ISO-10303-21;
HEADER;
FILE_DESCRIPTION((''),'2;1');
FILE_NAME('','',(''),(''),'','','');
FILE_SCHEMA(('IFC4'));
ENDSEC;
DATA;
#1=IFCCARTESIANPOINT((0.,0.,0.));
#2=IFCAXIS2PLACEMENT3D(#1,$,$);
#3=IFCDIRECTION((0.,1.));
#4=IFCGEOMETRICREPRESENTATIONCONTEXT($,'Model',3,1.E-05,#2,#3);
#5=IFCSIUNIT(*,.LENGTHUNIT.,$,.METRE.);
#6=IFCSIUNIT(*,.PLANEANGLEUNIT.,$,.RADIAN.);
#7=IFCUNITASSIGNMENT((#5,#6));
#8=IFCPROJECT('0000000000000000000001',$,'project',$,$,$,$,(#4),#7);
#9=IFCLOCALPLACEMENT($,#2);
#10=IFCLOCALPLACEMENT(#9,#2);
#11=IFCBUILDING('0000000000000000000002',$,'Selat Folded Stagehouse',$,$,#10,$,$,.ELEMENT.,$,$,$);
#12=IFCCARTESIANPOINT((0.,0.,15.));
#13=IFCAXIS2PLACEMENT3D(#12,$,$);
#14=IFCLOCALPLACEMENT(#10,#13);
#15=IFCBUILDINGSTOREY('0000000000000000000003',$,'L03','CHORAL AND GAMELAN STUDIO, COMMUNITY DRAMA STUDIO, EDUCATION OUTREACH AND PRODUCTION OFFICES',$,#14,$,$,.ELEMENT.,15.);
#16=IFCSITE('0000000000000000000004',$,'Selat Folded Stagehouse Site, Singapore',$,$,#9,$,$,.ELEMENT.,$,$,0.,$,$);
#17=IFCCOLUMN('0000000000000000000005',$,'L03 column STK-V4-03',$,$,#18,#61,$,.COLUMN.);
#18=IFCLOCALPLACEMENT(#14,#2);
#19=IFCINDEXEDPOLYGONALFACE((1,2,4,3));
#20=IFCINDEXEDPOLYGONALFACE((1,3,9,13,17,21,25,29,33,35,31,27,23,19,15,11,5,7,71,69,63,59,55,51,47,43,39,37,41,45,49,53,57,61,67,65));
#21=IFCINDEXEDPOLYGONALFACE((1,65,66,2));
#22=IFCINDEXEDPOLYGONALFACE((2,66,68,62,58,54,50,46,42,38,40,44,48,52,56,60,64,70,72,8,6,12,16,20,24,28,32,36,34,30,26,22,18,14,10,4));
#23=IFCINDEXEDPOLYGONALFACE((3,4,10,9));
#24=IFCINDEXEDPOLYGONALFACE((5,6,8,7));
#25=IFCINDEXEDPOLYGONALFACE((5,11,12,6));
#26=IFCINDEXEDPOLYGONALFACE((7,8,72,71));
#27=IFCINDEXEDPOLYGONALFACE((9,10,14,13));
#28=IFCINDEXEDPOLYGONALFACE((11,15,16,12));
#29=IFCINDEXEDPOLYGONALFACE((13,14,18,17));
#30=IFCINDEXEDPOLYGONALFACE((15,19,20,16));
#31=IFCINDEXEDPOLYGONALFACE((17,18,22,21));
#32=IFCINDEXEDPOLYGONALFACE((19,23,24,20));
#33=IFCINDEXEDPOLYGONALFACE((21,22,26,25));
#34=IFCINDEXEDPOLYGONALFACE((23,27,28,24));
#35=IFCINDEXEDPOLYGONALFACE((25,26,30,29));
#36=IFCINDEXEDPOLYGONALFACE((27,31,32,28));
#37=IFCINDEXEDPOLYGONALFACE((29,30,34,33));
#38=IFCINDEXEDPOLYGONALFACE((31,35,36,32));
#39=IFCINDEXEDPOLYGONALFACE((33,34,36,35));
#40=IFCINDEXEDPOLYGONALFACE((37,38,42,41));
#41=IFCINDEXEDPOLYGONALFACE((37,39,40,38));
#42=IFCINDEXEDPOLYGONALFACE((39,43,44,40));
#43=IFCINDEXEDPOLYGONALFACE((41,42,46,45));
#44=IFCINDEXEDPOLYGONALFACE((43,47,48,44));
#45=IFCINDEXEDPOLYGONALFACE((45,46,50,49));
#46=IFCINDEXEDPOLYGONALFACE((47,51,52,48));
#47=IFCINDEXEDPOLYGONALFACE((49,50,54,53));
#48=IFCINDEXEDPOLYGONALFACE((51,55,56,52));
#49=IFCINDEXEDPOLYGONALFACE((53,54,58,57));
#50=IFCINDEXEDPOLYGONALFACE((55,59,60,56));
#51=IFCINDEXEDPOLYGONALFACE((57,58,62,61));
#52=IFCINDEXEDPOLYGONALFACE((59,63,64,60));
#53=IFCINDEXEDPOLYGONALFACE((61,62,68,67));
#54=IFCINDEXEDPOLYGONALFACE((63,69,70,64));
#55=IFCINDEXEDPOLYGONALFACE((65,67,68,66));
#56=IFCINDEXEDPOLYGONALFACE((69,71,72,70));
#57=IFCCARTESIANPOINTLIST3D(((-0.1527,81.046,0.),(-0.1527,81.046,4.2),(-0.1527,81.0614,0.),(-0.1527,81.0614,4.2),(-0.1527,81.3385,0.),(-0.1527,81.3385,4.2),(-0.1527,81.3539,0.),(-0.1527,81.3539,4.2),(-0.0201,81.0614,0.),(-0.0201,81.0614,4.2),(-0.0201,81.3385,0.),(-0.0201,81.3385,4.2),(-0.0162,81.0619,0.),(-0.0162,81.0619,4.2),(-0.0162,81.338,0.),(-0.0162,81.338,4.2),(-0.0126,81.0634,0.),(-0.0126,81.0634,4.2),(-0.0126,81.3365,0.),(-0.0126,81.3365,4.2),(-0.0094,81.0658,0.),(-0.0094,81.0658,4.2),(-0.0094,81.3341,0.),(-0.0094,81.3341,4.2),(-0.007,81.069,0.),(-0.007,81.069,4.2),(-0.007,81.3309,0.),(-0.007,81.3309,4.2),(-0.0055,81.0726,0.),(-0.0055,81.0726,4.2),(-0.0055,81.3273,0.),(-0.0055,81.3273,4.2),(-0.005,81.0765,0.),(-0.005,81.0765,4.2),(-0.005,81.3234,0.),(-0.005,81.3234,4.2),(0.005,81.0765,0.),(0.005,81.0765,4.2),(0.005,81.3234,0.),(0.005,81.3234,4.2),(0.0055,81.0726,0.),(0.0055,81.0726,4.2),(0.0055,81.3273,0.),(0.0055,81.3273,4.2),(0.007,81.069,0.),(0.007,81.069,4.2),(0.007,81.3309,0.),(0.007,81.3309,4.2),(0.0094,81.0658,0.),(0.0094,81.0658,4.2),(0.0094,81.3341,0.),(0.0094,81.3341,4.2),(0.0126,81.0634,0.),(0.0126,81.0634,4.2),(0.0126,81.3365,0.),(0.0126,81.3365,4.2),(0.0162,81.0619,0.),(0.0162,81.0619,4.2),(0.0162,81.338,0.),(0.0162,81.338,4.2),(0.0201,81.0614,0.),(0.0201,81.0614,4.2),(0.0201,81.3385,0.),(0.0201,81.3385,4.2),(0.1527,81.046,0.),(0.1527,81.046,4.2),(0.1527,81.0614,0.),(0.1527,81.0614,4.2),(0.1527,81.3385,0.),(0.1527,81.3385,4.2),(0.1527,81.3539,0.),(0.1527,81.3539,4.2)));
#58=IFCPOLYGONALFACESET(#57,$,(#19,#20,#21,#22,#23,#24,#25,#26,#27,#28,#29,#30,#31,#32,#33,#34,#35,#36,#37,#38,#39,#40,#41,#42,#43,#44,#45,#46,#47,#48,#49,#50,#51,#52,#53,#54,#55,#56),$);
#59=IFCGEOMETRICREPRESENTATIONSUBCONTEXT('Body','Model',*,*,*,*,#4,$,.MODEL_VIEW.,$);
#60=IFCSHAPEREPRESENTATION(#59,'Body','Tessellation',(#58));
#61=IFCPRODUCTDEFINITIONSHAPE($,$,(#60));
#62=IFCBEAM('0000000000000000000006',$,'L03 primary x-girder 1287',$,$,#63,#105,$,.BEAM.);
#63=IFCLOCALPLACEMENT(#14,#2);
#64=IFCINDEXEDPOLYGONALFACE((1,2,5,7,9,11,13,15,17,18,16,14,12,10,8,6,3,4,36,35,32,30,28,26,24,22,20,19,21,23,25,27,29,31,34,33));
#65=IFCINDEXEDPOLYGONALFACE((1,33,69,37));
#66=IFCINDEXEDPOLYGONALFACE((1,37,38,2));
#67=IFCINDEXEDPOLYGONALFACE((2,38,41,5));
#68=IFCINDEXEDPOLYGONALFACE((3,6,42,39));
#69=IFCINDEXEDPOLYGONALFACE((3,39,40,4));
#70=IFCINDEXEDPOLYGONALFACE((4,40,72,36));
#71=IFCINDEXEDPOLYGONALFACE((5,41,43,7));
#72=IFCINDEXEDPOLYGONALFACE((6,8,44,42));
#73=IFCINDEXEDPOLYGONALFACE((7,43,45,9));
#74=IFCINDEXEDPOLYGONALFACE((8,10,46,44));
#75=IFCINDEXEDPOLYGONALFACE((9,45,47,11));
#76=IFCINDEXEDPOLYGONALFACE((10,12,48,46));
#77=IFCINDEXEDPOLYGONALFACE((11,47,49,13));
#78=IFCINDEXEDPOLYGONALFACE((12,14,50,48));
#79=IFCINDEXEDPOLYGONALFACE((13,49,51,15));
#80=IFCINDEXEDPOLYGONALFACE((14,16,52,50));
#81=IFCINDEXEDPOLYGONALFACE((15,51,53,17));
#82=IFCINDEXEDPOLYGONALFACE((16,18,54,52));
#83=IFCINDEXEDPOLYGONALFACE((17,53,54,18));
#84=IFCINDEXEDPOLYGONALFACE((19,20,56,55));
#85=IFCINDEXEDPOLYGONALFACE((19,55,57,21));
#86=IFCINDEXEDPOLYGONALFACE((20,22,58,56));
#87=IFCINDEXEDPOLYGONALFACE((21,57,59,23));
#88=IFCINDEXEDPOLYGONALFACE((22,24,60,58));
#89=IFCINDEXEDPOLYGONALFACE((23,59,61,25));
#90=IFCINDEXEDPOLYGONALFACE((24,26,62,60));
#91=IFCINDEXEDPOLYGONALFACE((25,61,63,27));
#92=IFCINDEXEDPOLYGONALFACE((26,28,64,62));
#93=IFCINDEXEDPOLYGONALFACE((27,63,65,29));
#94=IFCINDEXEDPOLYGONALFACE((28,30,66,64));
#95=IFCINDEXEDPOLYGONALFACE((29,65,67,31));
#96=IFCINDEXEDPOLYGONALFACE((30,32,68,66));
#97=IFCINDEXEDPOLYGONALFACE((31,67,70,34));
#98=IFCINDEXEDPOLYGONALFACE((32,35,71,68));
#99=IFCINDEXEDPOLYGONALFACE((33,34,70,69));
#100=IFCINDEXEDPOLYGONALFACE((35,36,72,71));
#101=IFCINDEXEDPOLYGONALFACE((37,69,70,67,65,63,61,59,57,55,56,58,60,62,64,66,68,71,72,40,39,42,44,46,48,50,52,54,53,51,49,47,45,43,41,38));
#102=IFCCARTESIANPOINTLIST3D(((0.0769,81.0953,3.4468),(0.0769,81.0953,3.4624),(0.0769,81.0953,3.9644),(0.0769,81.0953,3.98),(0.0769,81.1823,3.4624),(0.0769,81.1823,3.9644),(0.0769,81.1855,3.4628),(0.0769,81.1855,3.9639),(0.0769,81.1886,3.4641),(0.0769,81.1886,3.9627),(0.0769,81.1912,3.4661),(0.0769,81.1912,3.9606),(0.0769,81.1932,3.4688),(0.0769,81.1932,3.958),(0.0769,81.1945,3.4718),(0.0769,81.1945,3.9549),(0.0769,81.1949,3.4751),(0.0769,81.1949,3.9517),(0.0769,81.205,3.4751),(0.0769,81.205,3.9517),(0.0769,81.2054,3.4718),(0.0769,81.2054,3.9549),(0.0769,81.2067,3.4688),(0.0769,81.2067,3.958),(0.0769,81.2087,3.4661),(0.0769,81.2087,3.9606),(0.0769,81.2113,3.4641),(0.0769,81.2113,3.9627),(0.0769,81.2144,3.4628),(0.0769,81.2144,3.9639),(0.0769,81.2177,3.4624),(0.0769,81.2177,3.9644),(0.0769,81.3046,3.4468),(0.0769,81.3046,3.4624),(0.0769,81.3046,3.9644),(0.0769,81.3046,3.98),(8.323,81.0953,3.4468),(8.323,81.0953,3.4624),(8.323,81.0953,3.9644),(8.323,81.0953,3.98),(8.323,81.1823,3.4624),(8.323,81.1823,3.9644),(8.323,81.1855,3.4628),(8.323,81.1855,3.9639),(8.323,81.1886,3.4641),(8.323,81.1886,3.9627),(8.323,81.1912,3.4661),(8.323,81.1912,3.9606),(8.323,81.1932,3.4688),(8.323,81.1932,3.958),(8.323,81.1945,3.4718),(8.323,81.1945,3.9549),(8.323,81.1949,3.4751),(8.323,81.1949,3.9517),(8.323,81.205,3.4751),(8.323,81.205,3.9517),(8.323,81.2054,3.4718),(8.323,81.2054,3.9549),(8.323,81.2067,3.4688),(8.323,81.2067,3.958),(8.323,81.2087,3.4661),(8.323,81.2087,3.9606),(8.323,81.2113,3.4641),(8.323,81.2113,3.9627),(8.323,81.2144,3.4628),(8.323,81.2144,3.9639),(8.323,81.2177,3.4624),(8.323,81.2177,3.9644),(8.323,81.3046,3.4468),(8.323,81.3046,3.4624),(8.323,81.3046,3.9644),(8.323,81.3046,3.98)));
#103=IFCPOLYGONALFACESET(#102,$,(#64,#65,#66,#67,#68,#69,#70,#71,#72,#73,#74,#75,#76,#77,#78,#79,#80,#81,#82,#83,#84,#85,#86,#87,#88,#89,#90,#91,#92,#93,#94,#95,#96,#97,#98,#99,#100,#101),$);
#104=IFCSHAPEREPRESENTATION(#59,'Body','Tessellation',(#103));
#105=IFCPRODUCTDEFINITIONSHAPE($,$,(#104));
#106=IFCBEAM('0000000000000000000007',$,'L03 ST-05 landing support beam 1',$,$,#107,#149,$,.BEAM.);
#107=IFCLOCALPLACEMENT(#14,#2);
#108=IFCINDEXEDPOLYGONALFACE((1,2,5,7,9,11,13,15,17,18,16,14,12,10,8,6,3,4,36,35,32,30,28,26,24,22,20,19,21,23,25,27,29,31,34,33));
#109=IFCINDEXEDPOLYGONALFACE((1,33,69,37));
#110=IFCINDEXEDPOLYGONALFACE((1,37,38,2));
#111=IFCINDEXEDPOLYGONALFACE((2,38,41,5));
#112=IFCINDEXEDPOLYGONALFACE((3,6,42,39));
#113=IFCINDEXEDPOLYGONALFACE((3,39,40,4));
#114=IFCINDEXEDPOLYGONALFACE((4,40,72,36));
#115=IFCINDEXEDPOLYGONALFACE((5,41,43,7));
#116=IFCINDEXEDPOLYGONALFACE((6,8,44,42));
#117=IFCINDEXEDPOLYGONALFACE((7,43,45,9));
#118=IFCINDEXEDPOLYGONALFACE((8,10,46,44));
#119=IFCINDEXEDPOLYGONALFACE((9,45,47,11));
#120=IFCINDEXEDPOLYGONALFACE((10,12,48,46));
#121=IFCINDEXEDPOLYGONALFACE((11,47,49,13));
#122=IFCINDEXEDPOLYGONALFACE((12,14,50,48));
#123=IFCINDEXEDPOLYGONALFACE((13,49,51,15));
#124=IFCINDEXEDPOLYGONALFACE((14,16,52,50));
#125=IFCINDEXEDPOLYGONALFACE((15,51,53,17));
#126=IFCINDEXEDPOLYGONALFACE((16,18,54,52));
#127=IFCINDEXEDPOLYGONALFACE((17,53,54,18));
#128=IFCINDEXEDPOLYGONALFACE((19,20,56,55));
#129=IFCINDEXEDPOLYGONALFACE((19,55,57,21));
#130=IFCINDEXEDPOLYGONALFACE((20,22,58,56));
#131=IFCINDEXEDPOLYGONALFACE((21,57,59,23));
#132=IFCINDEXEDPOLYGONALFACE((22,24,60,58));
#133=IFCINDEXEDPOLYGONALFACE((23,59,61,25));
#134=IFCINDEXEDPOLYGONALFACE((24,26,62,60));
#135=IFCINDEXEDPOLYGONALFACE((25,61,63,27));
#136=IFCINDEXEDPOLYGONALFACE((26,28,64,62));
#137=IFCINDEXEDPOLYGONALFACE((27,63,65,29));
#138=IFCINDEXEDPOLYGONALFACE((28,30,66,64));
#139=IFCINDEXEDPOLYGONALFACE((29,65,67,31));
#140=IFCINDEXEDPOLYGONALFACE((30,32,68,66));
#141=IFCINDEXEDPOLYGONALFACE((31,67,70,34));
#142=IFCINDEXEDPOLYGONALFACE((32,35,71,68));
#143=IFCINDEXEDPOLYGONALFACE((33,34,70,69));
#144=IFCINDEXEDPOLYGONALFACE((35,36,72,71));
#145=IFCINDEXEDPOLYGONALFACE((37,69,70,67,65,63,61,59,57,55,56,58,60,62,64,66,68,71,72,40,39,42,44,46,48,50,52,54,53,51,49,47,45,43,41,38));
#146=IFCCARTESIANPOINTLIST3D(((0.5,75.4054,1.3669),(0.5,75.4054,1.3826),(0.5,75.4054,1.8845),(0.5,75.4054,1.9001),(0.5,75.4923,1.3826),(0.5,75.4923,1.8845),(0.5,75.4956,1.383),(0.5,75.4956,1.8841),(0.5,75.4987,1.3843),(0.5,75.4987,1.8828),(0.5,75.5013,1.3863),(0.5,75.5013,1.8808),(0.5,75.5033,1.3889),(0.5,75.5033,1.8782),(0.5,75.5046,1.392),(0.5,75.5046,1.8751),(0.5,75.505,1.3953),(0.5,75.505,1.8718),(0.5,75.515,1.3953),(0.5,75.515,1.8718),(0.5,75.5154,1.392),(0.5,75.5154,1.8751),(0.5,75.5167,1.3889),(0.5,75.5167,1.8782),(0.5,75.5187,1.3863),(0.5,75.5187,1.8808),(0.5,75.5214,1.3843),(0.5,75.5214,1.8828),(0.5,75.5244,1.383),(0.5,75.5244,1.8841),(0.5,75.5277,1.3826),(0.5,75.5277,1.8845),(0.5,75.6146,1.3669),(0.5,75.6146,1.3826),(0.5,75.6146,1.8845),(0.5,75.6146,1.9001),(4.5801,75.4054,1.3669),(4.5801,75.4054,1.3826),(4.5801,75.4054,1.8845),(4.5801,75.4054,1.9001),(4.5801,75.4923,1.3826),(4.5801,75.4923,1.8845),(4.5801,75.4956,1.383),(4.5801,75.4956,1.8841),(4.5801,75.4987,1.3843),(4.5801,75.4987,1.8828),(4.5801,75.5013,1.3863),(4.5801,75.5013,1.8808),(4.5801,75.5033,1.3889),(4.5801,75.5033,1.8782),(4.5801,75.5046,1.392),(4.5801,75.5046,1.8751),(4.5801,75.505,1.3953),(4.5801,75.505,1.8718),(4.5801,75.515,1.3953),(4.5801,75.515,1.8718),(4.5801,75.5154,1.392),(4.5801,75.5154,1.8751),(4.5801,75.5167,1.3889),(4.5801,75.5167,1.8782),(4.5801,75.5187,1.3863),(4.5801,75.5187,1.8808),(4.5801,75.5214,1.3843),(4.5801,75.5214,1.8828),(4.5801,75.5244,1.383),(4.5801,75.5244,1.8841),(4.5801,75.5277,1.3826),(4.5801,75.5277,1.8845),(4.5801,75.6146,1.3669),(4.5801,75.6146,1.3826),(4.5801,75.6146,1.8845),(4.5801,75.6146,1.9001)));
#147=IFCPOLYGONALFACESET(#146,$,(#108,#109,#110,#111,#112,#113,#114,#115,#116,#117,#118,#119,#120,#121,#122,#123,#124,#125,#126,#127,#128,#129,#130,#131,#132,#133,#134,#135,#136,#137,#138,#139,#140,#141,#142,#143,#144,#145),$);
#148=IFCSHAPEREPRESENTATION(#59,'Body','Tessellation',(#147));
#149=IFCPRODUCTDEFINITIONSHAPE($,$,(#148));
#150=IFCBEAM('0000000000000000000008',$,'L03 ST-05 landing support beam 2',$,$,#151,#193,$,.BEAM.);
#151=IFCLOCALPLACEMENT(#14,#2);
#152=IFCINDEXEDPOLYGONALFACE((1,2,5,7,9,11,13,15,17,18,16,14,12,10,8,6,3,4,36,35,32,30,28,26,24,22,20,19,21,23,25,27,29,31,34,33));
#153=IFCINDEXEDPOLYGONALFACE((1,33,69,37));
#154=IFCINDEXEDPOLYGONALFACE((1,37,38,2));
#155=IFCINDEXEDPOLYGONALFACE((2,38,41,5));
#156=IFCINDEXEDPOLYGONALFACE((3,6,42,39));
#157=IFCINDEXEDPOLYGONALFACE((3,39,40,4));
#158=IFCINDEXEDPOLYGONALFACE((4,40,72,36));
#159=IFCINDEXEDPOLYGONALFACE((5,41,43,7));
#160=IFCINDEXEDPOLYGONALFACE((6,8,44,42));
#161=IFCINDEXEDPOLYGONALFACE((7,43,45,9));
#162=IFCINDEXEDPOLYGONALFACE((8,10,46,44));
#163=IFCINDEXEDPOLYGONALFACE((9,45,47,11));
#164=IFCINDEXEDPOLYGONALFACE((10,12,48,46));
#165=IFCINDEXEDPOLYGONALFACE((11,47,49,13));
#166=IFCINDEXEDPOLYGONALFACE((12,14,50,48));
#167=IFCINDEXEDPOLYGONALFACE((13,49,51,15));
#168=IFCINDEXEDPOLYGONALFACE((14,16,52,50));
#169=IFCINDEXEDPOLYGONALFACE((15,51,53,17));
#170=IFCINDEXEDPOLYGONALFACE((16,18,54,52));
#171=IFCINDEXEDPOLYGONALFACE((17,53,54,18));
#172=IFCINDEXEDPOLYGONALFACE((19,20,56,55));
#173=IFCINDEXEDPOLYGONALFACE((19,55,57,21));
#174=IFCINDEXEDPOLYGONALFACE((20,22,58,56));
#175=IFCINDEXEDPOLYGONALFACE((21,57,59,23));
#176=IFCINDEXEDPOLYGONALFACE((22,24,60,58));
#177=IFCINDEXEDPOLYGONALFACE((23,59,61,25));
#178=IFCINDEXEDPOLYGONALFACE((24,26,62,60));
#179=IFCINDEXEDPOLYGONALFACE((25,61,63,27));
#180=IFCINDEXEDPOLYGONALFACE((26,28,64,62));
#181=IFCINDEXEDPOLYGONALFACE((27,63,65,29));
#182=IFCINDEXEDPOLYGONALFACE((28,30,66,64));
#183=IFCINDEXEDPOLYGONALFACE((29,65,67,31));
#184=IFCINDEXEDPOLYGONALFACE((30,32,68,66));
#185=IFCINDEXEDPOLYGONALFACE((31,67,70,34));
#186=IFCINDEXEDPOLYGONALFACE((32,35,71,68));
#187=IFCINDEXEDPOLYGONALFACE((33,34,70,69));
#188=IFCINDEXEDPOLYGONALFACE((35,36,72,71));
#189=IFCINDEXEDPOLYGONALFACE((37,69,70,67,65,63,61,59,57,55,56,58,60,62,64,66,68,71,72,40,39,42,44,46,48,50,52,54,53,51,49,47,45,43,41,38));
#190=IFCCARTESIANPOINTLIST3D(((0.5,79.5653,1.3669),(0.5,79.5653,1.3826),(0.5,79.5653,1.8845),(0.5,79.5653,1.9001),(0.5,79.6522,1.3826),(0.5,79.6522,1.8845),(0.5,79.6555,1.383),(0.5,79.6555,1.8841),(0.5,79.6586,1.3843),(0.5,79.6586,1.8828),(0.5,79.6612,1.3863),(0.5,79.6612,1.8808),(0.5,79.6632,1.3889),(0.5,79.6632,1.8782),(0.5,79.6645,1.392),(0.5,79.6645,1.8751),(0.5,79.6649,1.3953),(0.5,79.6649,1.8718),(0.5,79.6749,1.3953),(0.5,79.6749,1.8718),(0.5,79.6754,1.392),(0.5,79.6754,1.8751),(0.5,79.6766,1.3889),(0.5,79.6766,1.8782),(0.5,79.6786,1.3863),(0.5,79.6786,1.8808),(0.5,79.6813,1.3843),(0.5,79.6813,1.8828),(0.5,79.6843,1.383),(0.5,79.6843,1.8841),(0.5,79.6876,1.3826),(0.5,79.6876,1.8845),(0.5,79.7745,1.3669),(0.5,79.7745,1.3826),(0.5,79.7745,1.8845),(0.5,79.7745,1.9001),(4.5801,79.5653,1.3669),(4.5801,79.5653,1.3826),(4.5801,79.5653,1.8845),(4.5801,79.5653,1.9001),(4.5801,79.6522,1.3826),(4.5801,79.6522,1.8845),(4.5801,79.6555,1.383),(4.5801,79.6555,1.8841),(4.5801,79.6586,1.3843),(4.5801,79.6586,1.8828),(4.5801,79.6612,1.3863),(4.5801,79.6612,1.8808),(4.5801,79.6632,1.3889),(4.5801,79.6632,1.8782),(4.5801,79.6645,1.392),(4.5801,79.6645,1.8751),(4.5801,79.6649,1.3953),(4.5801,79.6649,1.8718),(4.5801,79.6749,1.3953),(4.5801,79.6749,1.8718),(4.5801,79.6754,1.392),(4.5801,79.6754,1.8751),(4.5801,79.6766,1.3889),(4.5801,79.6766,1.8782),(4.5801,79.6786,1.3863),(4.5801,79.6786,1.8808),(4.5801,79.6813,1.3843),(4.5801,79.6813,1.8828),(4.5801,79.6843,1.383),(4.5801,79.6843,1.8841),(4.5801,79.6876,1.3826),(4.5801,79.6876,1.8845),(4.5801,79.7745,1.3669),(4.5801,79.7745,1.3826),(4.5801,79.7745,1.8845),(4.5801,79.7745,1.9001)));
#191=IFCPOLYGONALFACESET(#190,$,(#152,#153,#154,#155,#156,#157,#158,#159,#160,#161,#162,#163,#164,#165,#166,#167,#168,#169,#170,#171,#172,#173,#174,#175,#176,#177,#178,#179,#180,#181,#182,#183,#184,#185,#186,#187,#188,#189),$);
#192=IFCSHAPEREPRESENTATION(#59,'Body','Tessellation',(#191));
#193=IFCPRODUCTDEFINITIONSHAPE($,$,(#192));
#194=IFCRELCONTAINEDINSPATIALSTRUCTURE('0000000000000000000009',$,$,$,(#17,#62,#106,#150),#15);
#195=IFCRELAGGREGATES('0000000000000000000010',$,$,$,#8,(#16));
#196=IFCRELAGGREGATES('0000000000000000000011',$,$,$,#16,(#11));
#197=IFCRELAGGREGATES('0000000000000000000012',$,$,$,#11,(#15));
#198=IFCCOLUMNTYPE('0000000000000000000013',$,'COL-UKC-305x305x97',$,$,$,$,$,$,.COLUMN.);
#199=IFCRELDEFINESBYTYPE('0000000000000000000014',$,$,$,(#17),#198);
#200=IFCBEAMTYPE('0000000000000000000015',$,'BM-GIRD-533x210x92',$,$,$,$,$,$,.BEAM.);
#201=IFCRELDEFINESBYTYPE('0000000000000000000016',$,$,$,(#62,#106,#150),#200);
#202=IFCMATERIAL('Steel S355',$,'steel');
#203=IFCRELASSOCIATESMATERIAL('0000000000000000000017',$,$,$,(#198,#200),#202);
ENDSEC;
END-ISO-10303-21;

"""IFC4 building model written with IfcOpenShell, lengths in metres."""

from ifc_helpers import new_model, si_unit, direction, frame, origin, origin_2d, place, context, subcontext, project, spatial, i_section, extrude, material, material_profile, profile_set, type_object, element, save


model = new_model("IFC4")

# Units and contexts
model_context = context("Model", 3, precision=1e-05, world=origin(), true_north=direction((0.0, 1.0)))
body_context = subcontext(model_context, "Body", "Model", "MODEL_VIEW")
ifc_project = project(units=[si_unit("LENGTHUNIT", "METRE"), si_unit("PLANEANGLEUNIT", "RADIAN")], contexts=[model_context])

# Site, building, storey
site_placement = place(None, origin())
site = spatial("IfcSite", under=ifc_project, at=site_placement, Name="Selat Folded Stagehouse Site, Singapore", CompositionType="ELEMENT", RefElevation=0.0)
building_placement = place(site_placement, origin())
building = spatial("IfcBuilding", under=site, at=building_placement, Name="Selat Folded Stagehouse", CompositionType="ELEMENT")
storey_placement = place(building_placement, frame((0.0, 0.0, 15.0)))
storey = spatial("IfcBuildingStorey", under=building, at=storey_placement, Name="L03", Description="CHORAL AND GAMELAN STUDIO, COMMUNITY DRAMA STUDIO, EDUCATION OUTREACH AND PRODUCTION OFFICES", CompositionType="ELEMENT", Elevation=15.0)

# Column
ifc_material_1 = material(Name="Steel S355", Category="steel")
ifc_material_profile_1 = material_profile(ifc_material_1, i_section(OverallWidth=0.3054, OverallDepth=0.3079, WebThickness=0.01, FlangeThickness=0.0154, FilletRadius=0.0151, at=origin_2d()), Name="UKC 305x305x97")
ifc_profile_set_1 = profile_set([ifc_material_profile_1], Name="Steel S355")
column_type = type_object("IfcColumnType", Name="COL-UKC-305x305x97", PredefinedType="COLUMN", material=ifc_profile_set_1)
column_placement = place(storey_placement, frame((0.0, 81.2, 0.0), z_axis=(0.0, 0.0, 1.0), x_axis=(1.0, 0.0, 0.0)))
element("IfcColumn", 1, at=column_placement, inside=storey, type_object=column_type, Name="L03 column STK-V4-03", PredefinedType="COLUMN", context=body_context, shape_type="SweptSolid", body=[
    extrude(i_section(OverallWidth=0.3054, OverallDepth=0.3079, WebThickness=0.01, FlangeThickness=0.0154, FilletRadius=0.0151, at=origin_2d()), origin(), (0.0, 0.0, 1.0), 4.2),
])

# Beams
ifc_material_profile_2 = material_profile(ifc_material_1, i_section(OverallWidth=0.2092, OverallDepth=0.5332, WebThickness=0.01, FlangeThickness=0.0156, FilletRadius=0.0127, at=origin_2d()), Name="UKB 533x210x92")
ifc_profile_set_2 = profile_set([ifc_material_profile_2], Name="Steel S355")
beam_type = type_object("IfcBeamType", Name="BM-GIRD-533x210x92", PredefinedType="BEAM", material=ifc_profile_set_2)
beam_placement = place(storey_placement, frame((0.0769, 81.2, 3.7134), z_axis=(1.0, 0.0, 0.0), x_axis=(0.0, 1.0, 0.0)))
element("IfcBeam", 2, at=beam_placement, inside=storey, type_object=beam_type, Name="L03 primary x-girder 1287", PredefinedType="BEAM", context=body_context, shape_type="SweptSolid", body=[
    extrude(i_section(OverallWidth=0.2092, OverallDepth=0.5332, WebThickness=0.01, FlangeThickness=0.0156, FilletRadius=0.0127, at=origin_2d()), origin(), (0.0, 0.0, 1.0), 8.2461),
])
for number, where, z_axis, x_axis, name in (
    (3, (0.5, 75.51, 1.6335), (1.0, 0.0, 0.0), (0.0, 1.0, 0.0), "L03 ST-05 landing support beam 1"),
    (4, (0.5, 79.6699, 1.6335), (1.0, 0.0, 0.0), (0.0, 1.0, 0.0), "L03 ST-05 landing support beam 2"),
):
    element("IfcBeam", number, at=place(storey_placement, frame(where, z_axis=z_axis, x_axis=x_axis)), inside=storey, type_object=beam_type, Name=name, PredefinedType="BEAM", context=body_context, shape_type="SweptSolid", body=[
        extrude(i_section(OverallWidth=0.2092, OverallDepth=0.5332, WebThickness=0.01, FlangeThickness=0.0156, FilletRadius=0.0127, at=origin_2d()), origin(), (0.0, 0.0, 1.0), 4.0801),
    ])

save(model, "model.ifc")
